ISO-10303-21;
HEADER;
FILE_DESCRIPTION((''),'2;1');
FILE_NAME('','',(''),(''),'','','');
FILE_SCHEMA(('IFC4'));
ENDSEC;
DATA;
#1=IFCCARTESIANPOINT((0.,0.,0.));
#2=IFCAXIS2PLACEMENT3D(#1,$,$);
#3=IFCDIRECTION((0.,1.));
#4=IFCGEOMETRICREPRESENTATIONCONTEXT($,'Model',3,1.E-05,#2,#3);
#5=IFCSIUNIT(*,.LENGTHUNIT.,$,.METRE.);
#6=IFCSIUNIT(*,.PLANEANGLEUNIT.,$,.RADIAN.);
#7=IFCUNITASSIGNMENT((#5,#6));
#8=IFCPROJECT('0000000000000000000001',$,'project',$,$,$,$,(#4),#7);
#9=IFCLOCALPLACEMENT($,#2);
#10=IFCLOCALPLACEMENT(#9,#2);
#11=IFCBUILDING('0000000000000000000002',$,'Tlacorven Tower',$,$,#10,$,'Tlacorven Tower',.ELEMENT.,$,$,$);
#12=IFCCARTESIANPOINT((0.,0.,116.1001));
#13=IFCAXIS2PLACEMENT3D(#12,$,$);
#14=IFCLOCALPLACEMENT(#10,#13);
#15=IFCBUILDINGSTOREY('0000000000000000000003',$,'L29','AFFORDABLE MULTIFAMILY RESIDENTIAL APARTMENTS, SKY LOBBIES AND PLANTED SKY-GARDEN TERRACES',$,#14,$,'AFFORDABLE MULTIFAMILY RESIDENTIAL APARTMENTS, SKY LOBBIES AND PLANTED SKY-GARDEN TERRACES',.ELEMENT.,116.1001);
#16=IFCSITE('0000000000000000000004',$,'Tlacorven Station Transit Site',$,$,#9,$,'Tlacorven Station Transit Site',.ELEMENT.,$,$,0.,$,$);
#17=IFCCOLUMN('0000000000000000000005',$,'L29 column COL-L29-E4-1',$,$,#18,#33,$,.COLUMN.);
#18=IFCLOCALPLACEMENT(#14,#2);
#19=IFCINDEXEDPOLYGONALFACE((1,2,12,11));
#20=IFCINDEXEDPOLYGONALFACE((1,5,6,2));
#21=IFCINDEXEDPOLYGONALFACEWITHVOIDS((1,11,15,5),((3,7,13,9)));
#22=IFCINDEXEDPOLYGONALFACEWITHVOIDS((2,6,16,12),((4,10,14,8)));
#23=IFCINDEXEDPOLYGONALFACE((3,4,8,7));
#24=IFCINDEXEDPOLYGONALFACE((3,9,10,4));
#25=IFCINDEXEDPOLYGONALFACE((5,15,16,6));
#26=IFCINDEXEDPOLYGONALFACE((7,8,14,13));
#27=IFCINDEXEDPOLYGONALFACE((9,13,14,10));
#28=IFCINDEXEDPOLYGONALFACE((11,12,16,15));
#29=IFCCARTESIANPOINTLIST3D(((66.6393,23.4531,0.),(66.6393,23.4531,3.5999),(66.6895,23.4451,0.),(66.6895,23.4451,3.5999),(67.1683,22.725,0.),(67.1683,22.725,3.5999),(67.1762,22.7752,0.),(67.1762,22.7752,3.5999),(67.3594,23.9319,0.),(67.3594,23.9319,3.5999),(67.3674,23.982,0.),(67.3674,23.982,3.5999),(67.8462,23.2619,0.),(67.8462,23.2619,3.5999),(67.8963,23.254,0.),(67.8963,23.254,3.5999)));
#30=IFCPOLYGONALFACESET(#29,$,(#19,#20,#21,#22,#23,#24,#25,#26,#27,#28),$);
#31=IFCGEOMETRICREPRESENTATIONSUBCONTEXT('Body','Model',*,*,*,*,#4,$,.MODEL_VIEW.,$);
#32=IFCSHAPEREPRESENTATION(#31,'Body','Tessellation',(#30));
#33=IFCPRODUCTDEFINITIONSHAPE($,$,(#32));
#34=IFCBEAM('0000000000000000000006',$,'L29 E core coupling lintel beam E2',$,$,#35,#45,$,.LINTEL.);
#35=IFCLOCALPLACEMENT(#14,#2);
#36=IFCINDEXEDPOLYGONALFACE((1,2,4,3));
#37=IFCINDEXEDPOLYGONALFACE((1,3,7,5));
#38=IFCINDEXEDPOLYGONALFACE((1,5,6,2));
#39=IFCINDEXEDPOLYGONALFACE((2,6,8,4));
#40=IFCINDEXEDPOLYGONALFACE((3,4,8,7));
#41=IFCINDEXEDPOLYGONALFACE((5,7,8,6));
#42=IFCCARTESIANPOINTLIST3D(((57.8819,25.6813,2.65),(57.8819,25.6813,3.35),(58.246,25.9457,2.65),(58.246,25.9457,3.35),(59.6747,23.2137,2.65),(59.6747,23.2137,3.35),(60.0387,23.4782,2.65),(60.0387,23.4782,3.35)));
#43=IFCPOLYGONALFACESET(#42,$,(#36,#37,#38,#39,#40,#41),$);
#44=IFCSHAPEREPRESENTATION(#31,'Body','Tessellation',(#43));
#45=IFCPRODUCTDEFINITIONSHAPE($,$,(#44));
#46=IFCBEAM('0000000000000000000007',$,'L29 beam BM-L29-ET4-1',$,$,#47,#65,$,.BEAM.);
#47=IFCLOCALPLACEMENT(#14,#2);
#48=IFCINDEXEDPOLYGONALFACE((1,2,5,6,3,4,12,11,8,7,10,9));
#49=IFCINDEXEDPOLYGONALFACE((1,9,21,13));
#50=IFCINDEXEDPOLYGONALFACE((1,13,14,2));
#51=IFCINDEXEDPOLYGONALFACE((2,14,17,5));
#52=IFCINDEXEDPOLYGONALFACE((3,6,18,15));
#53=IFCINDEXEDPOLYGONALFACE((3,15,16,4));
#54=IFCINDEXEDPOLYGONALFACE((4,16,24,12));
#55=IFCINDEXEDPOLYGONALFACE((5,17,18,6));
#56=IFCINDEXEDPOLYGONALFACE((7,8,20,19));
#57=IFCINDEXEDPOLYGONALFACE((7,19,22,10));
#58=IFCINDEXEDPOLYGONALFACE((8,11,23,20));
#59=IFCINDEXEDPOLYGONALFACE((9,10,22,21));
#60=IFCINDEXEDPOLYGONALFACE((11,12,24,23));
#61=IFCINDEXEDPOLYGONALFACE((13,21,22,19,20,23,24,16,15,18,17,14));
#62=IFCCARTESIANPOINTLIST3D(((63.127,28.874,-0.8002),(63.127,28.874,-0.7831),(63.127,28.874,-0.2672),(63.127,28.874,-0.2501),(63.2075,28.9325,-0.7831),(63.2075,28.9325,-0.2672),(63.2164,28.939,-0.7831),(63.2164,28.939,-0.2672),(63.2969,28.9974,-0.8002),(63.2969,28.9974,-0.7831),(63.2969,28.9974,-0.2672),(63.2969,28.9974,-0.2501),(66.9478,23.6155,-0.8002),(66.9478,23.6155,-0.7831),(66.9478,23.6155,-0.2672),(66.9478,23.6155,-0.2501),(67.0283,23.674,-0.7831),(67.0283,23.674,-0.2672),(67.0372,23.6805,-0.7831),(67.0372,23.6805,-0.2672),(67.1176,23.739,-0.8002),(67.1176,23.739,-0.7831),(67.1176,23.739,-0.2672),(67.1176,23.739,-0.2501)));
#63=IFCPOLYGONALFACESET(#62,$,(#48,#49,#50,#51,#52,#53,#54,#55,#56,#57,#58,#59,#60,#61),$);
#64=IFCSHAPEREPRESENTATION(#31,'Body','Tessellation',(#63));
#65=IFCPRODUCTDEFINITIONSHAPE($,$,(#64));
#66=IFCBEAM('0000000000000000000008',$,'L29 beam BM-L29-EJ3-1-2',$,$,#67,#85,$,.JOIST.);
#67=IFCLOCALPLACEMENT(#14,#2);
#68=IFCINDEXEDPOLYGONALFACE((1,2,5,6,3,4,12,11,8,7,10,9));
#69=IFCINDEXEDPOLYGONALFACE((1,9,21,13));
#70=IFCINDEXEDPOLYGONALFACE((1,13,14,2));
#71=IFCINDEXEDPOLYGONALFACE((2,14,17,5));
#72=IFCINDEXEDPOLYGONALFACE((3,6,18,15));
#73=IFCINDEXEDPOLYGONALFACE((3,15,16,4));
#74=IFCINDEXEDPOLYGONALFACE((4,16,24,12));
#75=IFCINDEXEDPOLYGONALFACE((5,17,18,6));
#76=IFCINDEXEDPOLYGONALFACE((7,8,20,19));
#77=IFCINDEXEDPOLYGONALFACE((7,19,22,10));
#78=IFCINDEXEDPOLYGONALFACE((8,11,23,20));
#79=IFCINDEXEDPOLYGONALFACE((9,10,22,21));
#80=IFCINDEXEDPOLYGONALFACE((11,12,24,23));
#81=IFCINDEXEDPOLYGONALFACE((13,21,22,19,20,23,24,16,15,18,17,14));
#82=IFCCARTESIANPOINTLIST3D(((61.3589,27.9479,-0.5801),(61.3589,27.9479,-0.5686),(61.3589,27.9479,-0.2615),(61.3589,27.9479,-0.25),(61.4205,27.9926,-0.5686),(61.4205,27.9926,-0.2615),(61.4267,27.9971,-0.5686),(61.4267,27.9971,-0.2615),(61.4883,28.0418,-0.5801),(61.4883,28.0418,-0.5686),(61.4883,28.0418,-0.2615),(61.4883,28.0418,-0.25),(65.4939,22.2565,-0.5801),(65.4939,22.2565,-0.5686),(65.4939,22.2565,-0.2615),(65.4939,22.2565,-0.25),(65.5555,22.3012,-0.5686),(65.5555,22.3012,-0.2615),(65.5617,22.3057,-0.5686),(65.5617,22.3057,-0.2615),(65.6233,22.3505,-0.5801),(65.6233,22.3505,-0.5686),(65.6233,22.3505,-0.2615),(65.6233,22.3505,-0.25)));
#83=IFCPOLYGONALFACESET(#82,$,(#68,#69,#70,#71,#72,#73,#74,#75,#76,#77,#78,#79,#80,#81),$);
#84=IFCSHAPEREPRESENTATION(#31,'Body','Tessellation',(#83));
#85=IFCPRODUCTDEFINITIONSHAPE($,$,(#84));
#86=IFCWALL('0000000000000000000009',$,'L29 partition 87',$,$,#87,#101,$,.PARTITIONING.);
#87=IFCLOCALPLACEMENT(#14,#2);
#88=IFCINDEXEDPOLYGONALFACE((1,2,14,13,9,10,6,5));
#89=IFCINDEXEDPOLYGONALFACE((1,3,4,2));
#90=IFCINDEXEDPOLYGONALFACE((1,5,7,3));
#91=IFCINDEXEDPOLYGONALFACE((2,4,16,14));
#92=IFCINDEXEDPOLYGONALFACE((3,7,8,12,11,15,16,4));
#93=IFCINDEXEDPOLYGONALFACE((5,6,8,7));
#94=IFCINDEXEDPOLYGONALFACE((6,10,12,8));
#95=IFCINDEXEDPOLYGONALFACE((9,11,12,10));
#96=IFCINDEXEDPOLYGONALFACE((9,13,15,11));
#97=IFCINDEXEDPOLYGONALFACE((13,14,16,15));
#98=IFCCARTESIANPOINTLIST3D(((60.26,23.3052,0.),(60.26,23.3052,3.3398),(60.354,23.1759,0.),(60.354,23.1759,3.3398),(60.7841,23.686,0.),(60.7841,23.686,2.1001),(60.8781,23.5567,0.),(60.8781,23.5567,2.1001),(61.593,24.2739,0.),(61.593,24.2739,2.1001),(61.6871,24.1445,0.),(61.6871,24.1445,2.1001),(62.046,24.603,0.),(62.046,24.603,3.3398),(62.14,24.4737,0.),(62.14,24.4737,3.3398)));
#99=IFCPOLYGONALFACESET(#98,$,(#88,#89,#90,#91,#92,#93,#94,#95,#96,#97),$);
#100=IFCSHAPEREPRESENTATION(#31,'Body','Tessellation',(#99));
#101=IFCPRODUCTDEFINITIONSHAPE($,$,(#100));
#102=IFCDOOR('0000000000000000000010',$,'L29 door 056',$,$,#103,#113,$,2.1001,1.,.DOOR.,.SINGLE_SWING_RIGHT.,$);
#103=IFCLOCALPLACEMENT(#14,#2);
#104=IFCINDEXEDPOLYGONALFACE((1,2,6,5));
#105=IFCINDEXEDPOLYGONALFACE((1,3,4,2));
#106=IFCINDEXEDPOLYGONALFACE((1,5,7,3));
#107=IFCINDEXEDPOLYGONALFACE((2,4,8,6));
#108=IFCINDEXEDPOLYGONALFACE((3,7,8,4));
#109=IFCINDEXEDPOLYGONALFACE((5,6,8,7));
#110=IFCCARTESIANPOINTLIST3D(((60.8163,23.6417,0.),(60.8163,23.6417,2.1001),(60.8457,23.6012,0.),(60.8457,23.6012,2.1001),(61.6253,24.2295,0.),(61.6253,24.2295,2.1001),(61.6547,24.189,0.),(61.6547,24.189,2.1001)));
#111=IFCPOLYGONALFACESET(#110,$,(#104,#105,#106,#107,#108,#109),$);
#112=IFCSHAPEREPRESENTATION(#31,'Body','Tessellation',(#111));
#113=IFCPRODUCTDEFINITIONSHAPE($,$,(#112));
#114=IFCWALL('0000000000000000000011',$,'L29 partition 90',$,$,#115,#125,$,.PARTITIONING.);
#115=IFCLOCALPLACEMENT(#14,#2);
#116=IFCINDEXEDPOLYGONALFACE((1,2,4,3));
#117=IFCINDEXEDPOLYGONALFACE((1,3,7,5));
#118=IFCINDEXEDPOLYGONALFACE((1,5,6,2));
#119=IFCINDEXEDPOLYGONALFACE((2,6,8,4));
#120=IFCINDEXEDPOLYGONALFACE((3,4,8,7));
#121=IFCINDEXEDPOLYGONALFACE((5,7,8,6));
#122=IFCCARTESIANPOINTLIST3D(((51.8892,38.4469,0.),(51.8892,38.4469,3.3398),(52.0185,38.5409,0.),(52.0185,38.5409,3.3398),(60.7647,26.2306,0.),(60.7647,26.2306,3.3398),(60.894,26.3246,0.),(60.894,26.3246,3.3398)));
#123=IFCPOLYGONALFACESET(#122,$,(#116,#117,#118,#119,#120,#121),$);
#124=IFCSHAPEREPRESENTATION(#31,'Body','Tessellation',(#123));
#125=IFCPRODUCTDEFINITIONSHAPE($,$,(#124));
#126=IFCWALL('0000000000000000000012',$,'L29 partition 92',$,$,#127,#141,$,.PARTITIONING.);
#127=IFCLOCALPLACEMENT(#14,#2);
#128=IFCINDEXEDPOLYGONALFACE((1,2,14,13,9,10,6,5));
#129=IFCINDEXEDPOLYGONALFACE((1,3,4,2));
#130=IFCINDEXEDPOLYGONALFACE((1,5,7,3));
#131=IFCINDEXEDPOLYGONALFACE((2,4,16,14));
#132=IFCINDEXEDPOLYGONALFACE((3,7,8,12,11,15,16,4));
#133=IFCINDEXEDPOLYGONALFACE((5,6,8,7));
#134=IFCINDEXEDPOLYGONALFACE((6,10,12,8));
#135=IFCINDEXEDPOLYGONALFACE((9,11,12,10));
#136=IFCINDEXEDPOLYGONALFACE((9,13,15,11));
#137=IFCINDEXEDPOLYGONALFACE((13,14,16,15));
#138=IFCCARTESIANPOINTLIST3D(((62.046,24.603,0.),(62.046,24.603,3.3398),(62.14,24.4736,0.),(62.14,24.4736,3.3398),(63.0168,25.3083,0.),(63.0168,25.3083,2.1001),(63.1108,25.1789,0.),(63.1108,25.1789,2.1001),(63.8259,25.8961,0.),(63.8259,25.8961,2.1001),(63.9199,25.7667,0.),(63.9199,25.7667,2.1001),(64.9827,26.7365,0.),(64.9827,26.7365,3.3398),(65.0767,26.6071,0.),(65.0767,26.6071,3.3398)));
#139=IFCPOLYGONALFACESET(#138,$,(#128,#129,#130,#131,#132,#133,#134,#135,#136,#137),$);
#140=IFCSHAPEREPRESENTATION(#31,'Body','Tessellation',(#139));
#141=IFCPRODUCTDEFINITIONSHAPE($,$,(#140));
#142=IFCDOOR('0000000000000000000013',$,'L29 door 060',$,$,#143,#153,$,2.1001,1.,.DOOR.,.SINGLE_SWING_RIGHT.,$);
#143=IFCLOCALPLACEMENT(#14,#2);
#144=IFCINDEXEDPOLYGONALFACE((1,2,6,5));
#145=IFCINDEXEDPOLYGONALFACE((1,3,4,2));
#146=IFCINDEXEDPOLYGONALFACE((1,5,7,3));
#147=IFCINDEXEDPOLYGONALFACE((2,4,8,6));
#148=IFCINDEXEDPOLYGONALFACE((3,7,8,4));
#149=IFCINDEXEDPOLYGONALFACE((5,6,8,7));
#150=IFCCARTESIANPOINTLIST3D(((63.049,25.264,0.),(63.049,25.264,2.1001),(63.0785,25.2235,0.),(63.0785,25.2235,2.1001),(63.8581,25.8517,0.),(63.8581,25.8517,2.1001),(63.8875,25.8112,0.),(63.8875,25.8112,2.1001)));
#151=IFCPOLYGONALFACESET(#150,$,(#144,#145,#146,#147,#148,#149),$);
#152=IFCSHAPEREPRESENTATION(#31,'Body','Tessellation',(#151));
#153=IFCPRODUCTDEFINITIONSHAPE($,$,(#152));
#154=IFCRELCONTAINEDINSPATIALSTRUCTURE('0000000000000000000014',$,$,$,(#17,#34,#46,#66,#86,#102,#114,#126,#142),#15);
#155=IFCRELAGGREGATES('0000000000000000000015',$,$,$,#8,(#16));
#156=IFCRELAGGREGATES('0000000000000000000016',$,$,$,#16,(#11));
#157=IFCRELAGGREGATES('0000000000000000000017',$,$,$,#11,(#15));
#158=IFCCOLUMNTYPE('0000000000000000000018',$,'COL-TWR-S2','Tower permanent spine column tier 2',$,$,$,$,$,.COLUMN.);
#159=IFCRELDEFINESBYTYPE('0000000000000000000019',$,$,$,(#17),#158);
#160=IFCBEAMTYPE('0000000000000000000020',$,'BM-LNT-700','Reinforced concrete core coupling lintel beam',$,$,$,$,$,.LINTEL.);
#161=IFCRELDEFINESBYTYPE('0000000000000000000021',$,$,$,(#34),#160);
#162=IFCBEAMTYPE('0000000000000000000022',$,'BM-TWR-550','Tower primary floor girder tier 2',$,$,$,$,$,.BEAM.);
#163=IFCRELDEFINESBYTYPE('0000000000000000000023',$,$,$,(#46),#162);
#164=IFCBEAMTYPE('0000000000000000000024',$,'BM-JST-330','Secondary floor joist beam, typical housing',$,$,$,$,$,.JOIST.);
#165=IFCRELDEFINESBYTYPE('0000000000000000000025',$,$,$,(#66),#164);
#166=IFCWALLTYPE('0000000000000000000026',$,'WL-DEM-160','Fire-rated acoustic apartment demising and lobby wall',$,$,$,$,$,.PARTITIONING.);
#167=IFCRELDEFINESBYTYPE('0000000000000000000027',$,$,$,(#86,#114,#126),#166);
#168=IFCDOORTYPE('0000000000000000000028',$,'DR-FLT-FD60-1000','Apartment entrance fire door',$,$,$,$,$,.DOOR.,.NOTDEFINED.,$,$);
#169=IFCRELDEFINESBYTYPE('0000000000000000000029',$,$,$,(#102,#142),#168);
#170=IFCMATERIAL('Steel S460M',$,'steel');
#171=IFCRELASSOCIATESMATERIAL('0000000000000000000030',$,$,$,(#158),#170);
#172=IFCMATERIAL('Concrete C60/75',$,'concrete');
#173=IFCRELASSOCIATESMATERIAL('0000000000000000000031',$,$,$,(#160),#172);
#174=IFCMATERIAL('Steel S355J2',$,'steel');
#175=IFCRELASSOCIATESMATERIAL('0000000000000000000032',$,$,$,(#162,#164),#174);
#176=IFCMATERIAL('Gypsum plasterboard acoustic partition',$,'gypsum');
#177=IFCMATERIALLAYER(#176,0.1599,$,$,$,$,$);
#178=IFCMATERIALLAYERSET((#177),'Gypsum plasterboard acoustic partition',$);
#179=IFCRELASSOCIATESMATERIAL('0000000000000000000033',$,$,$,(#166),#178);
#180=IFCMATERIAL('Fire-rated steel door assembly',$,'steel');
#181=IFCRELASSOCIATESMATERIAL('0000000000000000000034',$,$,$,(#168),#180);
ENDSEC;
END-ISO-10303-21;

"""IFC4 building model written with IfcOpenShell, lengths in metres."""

from ifc_helpers import new_model, si_unit, direction, frame, frame_2d, origin, origin_2d, place, context, subcontext, project, spatial, rectangle, hollow_rectangle, i_section, extrude, source, transform, mapped, material, layer, layer_set, material_profile, profile_set, type_object, element, fill, save


model = new_model("IFC4")

# Units and contexts
model_context = context("Model", 3, precision=1e-05, world=origin(), true_north=direction((0.0, 1.0)))
body_context = subcontext(model_context, "Body", "Model", "MODEL_VIEW")
ifc_project = project(units=[si_unit("LENGTHUNIT", "METRE"), si_unit("PLANEANGLEUNIT", "RADIAN")], contexts=[model_context])

# Site, building, storey
site_placement = place(None, origin())
site = spatial("IfcSite", under=ifc_project, at=site_placement, Name="Tlacorven Station Transit Site", LongName="Tlacorven Station Transit Site", CompositionType="ELEMENT", RefElevation=0.0)
building_placement = place(site_placement, origin())
building = spatial("IfcBuilding", under=site, at=building_placement, Name="Tlacorven Tower", LongName="Tlacorven Tower", CompositionType="ELEMENT")
storey_placement = place(building_placement, frame((0.0, 0.0, 116.1001)))
storey = spatial("IfcBuildingStorey", under=building, at=storey_placement, Name="L29", Description="AFFORDABLE MULTIFAMILY RESIDENTIAL APARTMENTS, SKY LOBBIES AND PLANTED SKY-GARDEN TERRACES", LongName="AFFORDABLE MULTIFAMILY RESIDENTIAL APARTMENTS, SKY LOBBIES AND PLANTED SKY-GARDEN TERRACES", CompositionType="ELEMENT", Elevation=116.1001)

# Column
ifc_material_1 = material(Name="Steel S460M", Category="steel")
ifc_material_profile_1 = material_profile(ifc_material_1, hollow_rectangle(XDim=0.8999, YDim=0.8999, WallThickness=0.0359, at=origin_2d()), Name="BOX 900X900X36")
ifc_profile_set_1 = profile_set([ifc_material_profile_1], Name="Steel S460M")
column_type = type_object("IfcColumnType", Name="COL-TWR-S2", Description="Tower permanent spine column tier 2", PredefinedType="COLUMN", material=ifc_profile_set_1)
shared_shape_1 = source(origin(), body_context, "Body", "SweptSolid", [
    extrude(hollow_rectangle(XDim=0.8999, YDim=0.8999, WallThickness=0.0359, at=origin_2d()), origin(), (0.0, 0.0, 1.0), 3.5999),
])
column_placement = place(storey_placement, frame((67.2678, 23.3535, 0.0), z_axis=(0.0, 0.0, 1.0), x_axis=(0.809017, 0.587785, 0.0)))
element("IfcColumn", 1, at=column_placement, inside=storey, type_object=column_type, Name="L29 column COL-L29-E4-1", PredefinedType="COLUMN", context=body_context, shape_type="MappedRepresentation", body=[
    mapped(shared_shape_1, transform((0.0, 0.0, 0.0), scale=1.0)),
])

# Beams
ifc_material_2 = material(Name="Concrete C60/75", Category="concrete")
ifc_material_profile_2 = material_profile(ifc_material_2, rectangle(XDim=0.45, YDim=0.7, at=origin_2d()), Name="RC 450X700")
ifc_profile_set_2 = profile_set([ifc_material_profile_2], Name="Concrete C60/75")
beam_type_1 = type_object("IfcBeamType", Name="BM-LNT-700", Description="Reinforced concrete core coupling lintel beam", PredefinedType="LINTEL", material=ifc_profile_set_2)
shared_shape_2 = source(origin(), body_context, "Body", "SweptSolid", [
    extrude(rectangle(XDim=0.45, YDim=0.7, at=origin_2d()), origin(), (0.0, 0.0, 1.0), 3.05),
])
beam_1_placement = place(storey_placement, frame((59.8567, 23.3459, 3.0), z_axis=(-0.587777, 0.809023, 0.0), x_axis=(-0.809023, -0.587777, 0.0)))
element("IfcBeam", 2, at=beam_1_placement, inside=storey, type_object=beam_type_1, Name="L29 E core coupling lintel beam E2", PredefinedType="LINTEL", context=body_context, shape_type="MappedRepresentation", body=[
    mapped(shared_shape_2, transform((0.0, 0.0, 0.0), scale=1.0)),
])
ifc_material_3 = material(Name="Steel S355J2", Category="steel")
ifc_material_profile_3 = material_profile(ifc_material_3, i_section(OverallWidth=0.21, OverallDepth=0.55, WebThickness=0.011, FlangeThickness=0.0171, at=origin_2d()), Name="IPE 550")
ifc_profile_set_3 = profile_set([ifc_material_profile_3], Name="Steel S355J2")
beam_type_2 = type_object("IfcBeamType", Name="BM-TWR-550", Description="Tower primary floor girder tier 2", PredefinedType="BEAM", material=ifc_profile_set_3)
shared_shape_3 = source(origin(), body_context, "Body", "SweptSolid", [
    extrude(i_section(OverallWidth=0.21, OverallDepth=0.55, WebThickness=0.011, FlangeThickness=0.0171, at=origin_2d()), origin(), (0.0, 0.0, 1.0), 6.5),
])
beam_2_placement = place(storey_placement, frame((67.0327, 23.6772, -0.5251), z_axis=(-0.58781, 0.808999, 0.0), x_axis=(-0.808999, -0.58781, 0.0)))
element("IfcBeam", 3, at=beam_2_placement, inside=storey, type_object=beam_type_2, Name="L29 beam BM-L29-ET4-1", PredefinedType="BEAM", context=body_context, shape_type="MappedRepresentation", body=[
    mapped(shared_shape_3, transform((0.0, 0.0, 0.0), scale=1.0)),
])
ifc_material_profile_4 = material_profile(ifc_material_3, i_section(OverallWidth=0.1599, OverallDepth=0.3301, WebThickness=0.0076, FlangeThickness=0.0115, at=origin_2d()), Name="IPE 330")
ifc_profile_set_4 = profile_set([ifc_material_profile_4], Name="Steel S355J2")
beam_type_3 = type_object("IfcBeamType", Name="BM-JST-330", Description="Secondary floor joist beam, typical housing", PredefinedType="JOIST", material=ifc_profile_set_4)
shared_shape_4 = source(origin(), body_context, "Body", "SweptSolid", [
    extrude(i_section(OverallWidth=0.1599, OverallDepth=0.3301, WebThickness=0.0076, FlangeThickness=0.0115, at=origin_2d()), origin(), (0.0, 0.0, 1.0), 7.0349),
])
beam_3_placement = place(storey_placement, frame((65.5586, 22.3035, -0.415), z_axis=(-0.587782, 0.80902, 0.0), x_axis=(-0.80902, -0.587782, 0.0)))
element("IfcBeam", 4, at=beam_3_placement, inside=storey, type_object=beam_type_3, Name="L29 beam BM-L29-EJ3-1-2", PredefinedType="JOIST", context=body_context, shape_type="MappedRepresentation", body=[
    mapped(shared_shape_4, transform((0.0, 0.0, 0.0), scale=1.0)),
])

# Wall, opening, door
ifc_material_4 = material(Name="Gypsum plasterboard acoustic partition", Category="gypsum")
ifc_layer_1 = layer(ifc_material_4, 0.1599)
ifc_layer_set_1 = layer_set([ifc_layer_1], Name="Gypsum plasterboard acoustic partition")
wall_type_1 = type_object("IfcWallType", Name="WL-DEM-160", Description="Fire-rated acoustic apartment demising and lobby wall", PredefinedType="PARTITIONING", material=ifc_layer_set_1)
wall_1_placement = place(storey_placement, frame((60.3069, 23.2405, 0.0), z_axis=(0.0, 0.0, 1.0), x_axis=(0.808985, 0.58783, 0.0)))
wall_1 = element("IfcWall", 5, at=wall_1_placement, inside=storey, type_object=wall_type_1, Name="L29 partition 87", PredefinedType="PARTITIONING", context=body_context, shape_type="SweptSolid", body=[
    extrude(rectangle(XDim=2.2078, YDim=0.1599, at=frame_2d((1.104, 0.0))), origin(), (0.0, 0.0, 1.0), 3.3398),
])
opening_1_placement = place(wall_1_placement, frame((0.6479, 0.0, 0.0)))
opening_1 = element("IfcOpeningElement", 6, at=opening_1_placement, cuts=wall_1, PredefinedType="OPENING", context=body_context, shape_type="SweptSolid", body=[
    extrude(rectangle(XDim=1.0, YDim=2.1001, at=frame_2d((0.5, 1.05))), frame((0.0, 0.0898, 0.0), z_axis=(0.0, -1.0, 0.0), x_axis=(1.0, 0.0, 0.0)), (0.0, 0.0, 1.0), 0.1799),
])
ifc_material_5 = material(Name="Fire-rated steel door assembly", Category="steel")
door_type_1 = type_object("IfcDoorType", Name="DR-FLT-FD60-1000", Description="Apartment entrance fire door", OperationType="NOTDEFINED", PredefinedType="DOOR", material=ifc_material_5)
shared_shape_5 = source(origin(), body_context, "Body", "SweptSolid", [
    extrude(rectangle(XDim=1.0, YDim=2.1001, at=frame_2d((0.5, 1.05))), frame((0.0, 0.0249, 0.0), z_axis=(0.0, -1.0, 0.0), x_axis=(1.0, 0.0, 0.0)), (0.0, 0.0, 1.0), 0.05),
])
door_1_placement = place(opening_1_placement, frame((1.0, 0.0, 0.0), z_axis=(0.0, 0.0, 1.0), x_axis=(-1.0, 0.0, 0.0)))
door_1 = element("IfcDoor", 7, at=door_1_placement, inside=storey, type_object=door_type_1, Name="L29 door 056", OperationType="SINGLE_SWING_RIGHT", OverallHeight=2.1001, OverallWidth=1.0, PredefinedType="DOOR", context=body_context, shape_type="MappedRepresentation", body=[
    mapped(shared_shape_5, transform((0.0, 0.0, 0.0), scale=1.0)),
])
fill(opening_1, door_1)

# Wall
wall_2_placement = place(storey_placement, frame((60.8293, 26.2776, 0.0), z_axis=(0.0, 0.0, 1.0), x_axis=(-0.587777, 0.809023, 0.0)))
element("IfcWall", 8, at=wall_2_placement, inside=storey, type_object=wall_type_1, Name="L29 partition 90", PredefinedType="PARTITIONING", context=body_context, shape_type="SweptSolid", body=[
    extrude(rectangle(XDim=15.1001, YDim=0.1599, at=frame_2d((7.55, 0.0))), origin(), (0.0, 0.0, 1.0), 3.3398),
])

# Wall, opening, door
wall_3_placement = place(storey_placement, frame((62.093, 24.5383, 0.0), z_axis=(0.0, 0.0, 1.0), x_axis=(0.809036, 0.58776, 0.0)))
wall_3 = element("IfcWall", 9, at=wall_3_placement, inside=storey, type_object=wall_type_1, Name="L29 partition 92", PredefinedType="PARTITIONING", context=body_context, shape_type="SweptSolid", body=[
    extrude(rectangle(XDim=3.6299, YDim=0.1599, at=frame_2d((1.8149, 0.0))), origin(), (0.0, 0.0, 1.0), 3.3398),
])
opening_2_placement = place(wall_3_placement, frame((1.2, 0.0, 0.0)))
opening_2 = element("IfcOpeningElement", 10, at=opening_2_placement, cuts=wall_3, PredefinedType="OPENING", context=body_context, shape_type="SweptSolid", body=[
    extrude(rectangle(XDim=1.0, YDim=2.1001, at=frame_2d((0.5, 1.05))), frame((0.0, 0.0898, 0.0), z_axis=(0.0, -1.0, 0.0), x_axis=(1.0, 0.0, 0.0)), (0.0, 0.0, 1.0), 0.1799),
])
door_2_placement = place(opening_2_placement, frame((1.0, 0.0, 0.0), z_axis=(0.0, 0.0, 1.0), x_axis=(-1.0, 0.0, 0.0)))
door_2 = element("IfcDoor", 11, at=door_2_placement, inside=storey, type_object=door_type_1, Name="L29 door 060", OperationType="SINGLE_SWING_RIGHT", OverallHeight=2.1001, OverallWidth=1.0, PredefinedType="DOOR", context=body_context, shape_type="MappedRepresentation", body=[
    mapped(shared_shape_5, transform((0.0, 0.0, 0.0), scale=1.0)),
])
fill(opening_2, door_2)

save(model, "model.ifc")
